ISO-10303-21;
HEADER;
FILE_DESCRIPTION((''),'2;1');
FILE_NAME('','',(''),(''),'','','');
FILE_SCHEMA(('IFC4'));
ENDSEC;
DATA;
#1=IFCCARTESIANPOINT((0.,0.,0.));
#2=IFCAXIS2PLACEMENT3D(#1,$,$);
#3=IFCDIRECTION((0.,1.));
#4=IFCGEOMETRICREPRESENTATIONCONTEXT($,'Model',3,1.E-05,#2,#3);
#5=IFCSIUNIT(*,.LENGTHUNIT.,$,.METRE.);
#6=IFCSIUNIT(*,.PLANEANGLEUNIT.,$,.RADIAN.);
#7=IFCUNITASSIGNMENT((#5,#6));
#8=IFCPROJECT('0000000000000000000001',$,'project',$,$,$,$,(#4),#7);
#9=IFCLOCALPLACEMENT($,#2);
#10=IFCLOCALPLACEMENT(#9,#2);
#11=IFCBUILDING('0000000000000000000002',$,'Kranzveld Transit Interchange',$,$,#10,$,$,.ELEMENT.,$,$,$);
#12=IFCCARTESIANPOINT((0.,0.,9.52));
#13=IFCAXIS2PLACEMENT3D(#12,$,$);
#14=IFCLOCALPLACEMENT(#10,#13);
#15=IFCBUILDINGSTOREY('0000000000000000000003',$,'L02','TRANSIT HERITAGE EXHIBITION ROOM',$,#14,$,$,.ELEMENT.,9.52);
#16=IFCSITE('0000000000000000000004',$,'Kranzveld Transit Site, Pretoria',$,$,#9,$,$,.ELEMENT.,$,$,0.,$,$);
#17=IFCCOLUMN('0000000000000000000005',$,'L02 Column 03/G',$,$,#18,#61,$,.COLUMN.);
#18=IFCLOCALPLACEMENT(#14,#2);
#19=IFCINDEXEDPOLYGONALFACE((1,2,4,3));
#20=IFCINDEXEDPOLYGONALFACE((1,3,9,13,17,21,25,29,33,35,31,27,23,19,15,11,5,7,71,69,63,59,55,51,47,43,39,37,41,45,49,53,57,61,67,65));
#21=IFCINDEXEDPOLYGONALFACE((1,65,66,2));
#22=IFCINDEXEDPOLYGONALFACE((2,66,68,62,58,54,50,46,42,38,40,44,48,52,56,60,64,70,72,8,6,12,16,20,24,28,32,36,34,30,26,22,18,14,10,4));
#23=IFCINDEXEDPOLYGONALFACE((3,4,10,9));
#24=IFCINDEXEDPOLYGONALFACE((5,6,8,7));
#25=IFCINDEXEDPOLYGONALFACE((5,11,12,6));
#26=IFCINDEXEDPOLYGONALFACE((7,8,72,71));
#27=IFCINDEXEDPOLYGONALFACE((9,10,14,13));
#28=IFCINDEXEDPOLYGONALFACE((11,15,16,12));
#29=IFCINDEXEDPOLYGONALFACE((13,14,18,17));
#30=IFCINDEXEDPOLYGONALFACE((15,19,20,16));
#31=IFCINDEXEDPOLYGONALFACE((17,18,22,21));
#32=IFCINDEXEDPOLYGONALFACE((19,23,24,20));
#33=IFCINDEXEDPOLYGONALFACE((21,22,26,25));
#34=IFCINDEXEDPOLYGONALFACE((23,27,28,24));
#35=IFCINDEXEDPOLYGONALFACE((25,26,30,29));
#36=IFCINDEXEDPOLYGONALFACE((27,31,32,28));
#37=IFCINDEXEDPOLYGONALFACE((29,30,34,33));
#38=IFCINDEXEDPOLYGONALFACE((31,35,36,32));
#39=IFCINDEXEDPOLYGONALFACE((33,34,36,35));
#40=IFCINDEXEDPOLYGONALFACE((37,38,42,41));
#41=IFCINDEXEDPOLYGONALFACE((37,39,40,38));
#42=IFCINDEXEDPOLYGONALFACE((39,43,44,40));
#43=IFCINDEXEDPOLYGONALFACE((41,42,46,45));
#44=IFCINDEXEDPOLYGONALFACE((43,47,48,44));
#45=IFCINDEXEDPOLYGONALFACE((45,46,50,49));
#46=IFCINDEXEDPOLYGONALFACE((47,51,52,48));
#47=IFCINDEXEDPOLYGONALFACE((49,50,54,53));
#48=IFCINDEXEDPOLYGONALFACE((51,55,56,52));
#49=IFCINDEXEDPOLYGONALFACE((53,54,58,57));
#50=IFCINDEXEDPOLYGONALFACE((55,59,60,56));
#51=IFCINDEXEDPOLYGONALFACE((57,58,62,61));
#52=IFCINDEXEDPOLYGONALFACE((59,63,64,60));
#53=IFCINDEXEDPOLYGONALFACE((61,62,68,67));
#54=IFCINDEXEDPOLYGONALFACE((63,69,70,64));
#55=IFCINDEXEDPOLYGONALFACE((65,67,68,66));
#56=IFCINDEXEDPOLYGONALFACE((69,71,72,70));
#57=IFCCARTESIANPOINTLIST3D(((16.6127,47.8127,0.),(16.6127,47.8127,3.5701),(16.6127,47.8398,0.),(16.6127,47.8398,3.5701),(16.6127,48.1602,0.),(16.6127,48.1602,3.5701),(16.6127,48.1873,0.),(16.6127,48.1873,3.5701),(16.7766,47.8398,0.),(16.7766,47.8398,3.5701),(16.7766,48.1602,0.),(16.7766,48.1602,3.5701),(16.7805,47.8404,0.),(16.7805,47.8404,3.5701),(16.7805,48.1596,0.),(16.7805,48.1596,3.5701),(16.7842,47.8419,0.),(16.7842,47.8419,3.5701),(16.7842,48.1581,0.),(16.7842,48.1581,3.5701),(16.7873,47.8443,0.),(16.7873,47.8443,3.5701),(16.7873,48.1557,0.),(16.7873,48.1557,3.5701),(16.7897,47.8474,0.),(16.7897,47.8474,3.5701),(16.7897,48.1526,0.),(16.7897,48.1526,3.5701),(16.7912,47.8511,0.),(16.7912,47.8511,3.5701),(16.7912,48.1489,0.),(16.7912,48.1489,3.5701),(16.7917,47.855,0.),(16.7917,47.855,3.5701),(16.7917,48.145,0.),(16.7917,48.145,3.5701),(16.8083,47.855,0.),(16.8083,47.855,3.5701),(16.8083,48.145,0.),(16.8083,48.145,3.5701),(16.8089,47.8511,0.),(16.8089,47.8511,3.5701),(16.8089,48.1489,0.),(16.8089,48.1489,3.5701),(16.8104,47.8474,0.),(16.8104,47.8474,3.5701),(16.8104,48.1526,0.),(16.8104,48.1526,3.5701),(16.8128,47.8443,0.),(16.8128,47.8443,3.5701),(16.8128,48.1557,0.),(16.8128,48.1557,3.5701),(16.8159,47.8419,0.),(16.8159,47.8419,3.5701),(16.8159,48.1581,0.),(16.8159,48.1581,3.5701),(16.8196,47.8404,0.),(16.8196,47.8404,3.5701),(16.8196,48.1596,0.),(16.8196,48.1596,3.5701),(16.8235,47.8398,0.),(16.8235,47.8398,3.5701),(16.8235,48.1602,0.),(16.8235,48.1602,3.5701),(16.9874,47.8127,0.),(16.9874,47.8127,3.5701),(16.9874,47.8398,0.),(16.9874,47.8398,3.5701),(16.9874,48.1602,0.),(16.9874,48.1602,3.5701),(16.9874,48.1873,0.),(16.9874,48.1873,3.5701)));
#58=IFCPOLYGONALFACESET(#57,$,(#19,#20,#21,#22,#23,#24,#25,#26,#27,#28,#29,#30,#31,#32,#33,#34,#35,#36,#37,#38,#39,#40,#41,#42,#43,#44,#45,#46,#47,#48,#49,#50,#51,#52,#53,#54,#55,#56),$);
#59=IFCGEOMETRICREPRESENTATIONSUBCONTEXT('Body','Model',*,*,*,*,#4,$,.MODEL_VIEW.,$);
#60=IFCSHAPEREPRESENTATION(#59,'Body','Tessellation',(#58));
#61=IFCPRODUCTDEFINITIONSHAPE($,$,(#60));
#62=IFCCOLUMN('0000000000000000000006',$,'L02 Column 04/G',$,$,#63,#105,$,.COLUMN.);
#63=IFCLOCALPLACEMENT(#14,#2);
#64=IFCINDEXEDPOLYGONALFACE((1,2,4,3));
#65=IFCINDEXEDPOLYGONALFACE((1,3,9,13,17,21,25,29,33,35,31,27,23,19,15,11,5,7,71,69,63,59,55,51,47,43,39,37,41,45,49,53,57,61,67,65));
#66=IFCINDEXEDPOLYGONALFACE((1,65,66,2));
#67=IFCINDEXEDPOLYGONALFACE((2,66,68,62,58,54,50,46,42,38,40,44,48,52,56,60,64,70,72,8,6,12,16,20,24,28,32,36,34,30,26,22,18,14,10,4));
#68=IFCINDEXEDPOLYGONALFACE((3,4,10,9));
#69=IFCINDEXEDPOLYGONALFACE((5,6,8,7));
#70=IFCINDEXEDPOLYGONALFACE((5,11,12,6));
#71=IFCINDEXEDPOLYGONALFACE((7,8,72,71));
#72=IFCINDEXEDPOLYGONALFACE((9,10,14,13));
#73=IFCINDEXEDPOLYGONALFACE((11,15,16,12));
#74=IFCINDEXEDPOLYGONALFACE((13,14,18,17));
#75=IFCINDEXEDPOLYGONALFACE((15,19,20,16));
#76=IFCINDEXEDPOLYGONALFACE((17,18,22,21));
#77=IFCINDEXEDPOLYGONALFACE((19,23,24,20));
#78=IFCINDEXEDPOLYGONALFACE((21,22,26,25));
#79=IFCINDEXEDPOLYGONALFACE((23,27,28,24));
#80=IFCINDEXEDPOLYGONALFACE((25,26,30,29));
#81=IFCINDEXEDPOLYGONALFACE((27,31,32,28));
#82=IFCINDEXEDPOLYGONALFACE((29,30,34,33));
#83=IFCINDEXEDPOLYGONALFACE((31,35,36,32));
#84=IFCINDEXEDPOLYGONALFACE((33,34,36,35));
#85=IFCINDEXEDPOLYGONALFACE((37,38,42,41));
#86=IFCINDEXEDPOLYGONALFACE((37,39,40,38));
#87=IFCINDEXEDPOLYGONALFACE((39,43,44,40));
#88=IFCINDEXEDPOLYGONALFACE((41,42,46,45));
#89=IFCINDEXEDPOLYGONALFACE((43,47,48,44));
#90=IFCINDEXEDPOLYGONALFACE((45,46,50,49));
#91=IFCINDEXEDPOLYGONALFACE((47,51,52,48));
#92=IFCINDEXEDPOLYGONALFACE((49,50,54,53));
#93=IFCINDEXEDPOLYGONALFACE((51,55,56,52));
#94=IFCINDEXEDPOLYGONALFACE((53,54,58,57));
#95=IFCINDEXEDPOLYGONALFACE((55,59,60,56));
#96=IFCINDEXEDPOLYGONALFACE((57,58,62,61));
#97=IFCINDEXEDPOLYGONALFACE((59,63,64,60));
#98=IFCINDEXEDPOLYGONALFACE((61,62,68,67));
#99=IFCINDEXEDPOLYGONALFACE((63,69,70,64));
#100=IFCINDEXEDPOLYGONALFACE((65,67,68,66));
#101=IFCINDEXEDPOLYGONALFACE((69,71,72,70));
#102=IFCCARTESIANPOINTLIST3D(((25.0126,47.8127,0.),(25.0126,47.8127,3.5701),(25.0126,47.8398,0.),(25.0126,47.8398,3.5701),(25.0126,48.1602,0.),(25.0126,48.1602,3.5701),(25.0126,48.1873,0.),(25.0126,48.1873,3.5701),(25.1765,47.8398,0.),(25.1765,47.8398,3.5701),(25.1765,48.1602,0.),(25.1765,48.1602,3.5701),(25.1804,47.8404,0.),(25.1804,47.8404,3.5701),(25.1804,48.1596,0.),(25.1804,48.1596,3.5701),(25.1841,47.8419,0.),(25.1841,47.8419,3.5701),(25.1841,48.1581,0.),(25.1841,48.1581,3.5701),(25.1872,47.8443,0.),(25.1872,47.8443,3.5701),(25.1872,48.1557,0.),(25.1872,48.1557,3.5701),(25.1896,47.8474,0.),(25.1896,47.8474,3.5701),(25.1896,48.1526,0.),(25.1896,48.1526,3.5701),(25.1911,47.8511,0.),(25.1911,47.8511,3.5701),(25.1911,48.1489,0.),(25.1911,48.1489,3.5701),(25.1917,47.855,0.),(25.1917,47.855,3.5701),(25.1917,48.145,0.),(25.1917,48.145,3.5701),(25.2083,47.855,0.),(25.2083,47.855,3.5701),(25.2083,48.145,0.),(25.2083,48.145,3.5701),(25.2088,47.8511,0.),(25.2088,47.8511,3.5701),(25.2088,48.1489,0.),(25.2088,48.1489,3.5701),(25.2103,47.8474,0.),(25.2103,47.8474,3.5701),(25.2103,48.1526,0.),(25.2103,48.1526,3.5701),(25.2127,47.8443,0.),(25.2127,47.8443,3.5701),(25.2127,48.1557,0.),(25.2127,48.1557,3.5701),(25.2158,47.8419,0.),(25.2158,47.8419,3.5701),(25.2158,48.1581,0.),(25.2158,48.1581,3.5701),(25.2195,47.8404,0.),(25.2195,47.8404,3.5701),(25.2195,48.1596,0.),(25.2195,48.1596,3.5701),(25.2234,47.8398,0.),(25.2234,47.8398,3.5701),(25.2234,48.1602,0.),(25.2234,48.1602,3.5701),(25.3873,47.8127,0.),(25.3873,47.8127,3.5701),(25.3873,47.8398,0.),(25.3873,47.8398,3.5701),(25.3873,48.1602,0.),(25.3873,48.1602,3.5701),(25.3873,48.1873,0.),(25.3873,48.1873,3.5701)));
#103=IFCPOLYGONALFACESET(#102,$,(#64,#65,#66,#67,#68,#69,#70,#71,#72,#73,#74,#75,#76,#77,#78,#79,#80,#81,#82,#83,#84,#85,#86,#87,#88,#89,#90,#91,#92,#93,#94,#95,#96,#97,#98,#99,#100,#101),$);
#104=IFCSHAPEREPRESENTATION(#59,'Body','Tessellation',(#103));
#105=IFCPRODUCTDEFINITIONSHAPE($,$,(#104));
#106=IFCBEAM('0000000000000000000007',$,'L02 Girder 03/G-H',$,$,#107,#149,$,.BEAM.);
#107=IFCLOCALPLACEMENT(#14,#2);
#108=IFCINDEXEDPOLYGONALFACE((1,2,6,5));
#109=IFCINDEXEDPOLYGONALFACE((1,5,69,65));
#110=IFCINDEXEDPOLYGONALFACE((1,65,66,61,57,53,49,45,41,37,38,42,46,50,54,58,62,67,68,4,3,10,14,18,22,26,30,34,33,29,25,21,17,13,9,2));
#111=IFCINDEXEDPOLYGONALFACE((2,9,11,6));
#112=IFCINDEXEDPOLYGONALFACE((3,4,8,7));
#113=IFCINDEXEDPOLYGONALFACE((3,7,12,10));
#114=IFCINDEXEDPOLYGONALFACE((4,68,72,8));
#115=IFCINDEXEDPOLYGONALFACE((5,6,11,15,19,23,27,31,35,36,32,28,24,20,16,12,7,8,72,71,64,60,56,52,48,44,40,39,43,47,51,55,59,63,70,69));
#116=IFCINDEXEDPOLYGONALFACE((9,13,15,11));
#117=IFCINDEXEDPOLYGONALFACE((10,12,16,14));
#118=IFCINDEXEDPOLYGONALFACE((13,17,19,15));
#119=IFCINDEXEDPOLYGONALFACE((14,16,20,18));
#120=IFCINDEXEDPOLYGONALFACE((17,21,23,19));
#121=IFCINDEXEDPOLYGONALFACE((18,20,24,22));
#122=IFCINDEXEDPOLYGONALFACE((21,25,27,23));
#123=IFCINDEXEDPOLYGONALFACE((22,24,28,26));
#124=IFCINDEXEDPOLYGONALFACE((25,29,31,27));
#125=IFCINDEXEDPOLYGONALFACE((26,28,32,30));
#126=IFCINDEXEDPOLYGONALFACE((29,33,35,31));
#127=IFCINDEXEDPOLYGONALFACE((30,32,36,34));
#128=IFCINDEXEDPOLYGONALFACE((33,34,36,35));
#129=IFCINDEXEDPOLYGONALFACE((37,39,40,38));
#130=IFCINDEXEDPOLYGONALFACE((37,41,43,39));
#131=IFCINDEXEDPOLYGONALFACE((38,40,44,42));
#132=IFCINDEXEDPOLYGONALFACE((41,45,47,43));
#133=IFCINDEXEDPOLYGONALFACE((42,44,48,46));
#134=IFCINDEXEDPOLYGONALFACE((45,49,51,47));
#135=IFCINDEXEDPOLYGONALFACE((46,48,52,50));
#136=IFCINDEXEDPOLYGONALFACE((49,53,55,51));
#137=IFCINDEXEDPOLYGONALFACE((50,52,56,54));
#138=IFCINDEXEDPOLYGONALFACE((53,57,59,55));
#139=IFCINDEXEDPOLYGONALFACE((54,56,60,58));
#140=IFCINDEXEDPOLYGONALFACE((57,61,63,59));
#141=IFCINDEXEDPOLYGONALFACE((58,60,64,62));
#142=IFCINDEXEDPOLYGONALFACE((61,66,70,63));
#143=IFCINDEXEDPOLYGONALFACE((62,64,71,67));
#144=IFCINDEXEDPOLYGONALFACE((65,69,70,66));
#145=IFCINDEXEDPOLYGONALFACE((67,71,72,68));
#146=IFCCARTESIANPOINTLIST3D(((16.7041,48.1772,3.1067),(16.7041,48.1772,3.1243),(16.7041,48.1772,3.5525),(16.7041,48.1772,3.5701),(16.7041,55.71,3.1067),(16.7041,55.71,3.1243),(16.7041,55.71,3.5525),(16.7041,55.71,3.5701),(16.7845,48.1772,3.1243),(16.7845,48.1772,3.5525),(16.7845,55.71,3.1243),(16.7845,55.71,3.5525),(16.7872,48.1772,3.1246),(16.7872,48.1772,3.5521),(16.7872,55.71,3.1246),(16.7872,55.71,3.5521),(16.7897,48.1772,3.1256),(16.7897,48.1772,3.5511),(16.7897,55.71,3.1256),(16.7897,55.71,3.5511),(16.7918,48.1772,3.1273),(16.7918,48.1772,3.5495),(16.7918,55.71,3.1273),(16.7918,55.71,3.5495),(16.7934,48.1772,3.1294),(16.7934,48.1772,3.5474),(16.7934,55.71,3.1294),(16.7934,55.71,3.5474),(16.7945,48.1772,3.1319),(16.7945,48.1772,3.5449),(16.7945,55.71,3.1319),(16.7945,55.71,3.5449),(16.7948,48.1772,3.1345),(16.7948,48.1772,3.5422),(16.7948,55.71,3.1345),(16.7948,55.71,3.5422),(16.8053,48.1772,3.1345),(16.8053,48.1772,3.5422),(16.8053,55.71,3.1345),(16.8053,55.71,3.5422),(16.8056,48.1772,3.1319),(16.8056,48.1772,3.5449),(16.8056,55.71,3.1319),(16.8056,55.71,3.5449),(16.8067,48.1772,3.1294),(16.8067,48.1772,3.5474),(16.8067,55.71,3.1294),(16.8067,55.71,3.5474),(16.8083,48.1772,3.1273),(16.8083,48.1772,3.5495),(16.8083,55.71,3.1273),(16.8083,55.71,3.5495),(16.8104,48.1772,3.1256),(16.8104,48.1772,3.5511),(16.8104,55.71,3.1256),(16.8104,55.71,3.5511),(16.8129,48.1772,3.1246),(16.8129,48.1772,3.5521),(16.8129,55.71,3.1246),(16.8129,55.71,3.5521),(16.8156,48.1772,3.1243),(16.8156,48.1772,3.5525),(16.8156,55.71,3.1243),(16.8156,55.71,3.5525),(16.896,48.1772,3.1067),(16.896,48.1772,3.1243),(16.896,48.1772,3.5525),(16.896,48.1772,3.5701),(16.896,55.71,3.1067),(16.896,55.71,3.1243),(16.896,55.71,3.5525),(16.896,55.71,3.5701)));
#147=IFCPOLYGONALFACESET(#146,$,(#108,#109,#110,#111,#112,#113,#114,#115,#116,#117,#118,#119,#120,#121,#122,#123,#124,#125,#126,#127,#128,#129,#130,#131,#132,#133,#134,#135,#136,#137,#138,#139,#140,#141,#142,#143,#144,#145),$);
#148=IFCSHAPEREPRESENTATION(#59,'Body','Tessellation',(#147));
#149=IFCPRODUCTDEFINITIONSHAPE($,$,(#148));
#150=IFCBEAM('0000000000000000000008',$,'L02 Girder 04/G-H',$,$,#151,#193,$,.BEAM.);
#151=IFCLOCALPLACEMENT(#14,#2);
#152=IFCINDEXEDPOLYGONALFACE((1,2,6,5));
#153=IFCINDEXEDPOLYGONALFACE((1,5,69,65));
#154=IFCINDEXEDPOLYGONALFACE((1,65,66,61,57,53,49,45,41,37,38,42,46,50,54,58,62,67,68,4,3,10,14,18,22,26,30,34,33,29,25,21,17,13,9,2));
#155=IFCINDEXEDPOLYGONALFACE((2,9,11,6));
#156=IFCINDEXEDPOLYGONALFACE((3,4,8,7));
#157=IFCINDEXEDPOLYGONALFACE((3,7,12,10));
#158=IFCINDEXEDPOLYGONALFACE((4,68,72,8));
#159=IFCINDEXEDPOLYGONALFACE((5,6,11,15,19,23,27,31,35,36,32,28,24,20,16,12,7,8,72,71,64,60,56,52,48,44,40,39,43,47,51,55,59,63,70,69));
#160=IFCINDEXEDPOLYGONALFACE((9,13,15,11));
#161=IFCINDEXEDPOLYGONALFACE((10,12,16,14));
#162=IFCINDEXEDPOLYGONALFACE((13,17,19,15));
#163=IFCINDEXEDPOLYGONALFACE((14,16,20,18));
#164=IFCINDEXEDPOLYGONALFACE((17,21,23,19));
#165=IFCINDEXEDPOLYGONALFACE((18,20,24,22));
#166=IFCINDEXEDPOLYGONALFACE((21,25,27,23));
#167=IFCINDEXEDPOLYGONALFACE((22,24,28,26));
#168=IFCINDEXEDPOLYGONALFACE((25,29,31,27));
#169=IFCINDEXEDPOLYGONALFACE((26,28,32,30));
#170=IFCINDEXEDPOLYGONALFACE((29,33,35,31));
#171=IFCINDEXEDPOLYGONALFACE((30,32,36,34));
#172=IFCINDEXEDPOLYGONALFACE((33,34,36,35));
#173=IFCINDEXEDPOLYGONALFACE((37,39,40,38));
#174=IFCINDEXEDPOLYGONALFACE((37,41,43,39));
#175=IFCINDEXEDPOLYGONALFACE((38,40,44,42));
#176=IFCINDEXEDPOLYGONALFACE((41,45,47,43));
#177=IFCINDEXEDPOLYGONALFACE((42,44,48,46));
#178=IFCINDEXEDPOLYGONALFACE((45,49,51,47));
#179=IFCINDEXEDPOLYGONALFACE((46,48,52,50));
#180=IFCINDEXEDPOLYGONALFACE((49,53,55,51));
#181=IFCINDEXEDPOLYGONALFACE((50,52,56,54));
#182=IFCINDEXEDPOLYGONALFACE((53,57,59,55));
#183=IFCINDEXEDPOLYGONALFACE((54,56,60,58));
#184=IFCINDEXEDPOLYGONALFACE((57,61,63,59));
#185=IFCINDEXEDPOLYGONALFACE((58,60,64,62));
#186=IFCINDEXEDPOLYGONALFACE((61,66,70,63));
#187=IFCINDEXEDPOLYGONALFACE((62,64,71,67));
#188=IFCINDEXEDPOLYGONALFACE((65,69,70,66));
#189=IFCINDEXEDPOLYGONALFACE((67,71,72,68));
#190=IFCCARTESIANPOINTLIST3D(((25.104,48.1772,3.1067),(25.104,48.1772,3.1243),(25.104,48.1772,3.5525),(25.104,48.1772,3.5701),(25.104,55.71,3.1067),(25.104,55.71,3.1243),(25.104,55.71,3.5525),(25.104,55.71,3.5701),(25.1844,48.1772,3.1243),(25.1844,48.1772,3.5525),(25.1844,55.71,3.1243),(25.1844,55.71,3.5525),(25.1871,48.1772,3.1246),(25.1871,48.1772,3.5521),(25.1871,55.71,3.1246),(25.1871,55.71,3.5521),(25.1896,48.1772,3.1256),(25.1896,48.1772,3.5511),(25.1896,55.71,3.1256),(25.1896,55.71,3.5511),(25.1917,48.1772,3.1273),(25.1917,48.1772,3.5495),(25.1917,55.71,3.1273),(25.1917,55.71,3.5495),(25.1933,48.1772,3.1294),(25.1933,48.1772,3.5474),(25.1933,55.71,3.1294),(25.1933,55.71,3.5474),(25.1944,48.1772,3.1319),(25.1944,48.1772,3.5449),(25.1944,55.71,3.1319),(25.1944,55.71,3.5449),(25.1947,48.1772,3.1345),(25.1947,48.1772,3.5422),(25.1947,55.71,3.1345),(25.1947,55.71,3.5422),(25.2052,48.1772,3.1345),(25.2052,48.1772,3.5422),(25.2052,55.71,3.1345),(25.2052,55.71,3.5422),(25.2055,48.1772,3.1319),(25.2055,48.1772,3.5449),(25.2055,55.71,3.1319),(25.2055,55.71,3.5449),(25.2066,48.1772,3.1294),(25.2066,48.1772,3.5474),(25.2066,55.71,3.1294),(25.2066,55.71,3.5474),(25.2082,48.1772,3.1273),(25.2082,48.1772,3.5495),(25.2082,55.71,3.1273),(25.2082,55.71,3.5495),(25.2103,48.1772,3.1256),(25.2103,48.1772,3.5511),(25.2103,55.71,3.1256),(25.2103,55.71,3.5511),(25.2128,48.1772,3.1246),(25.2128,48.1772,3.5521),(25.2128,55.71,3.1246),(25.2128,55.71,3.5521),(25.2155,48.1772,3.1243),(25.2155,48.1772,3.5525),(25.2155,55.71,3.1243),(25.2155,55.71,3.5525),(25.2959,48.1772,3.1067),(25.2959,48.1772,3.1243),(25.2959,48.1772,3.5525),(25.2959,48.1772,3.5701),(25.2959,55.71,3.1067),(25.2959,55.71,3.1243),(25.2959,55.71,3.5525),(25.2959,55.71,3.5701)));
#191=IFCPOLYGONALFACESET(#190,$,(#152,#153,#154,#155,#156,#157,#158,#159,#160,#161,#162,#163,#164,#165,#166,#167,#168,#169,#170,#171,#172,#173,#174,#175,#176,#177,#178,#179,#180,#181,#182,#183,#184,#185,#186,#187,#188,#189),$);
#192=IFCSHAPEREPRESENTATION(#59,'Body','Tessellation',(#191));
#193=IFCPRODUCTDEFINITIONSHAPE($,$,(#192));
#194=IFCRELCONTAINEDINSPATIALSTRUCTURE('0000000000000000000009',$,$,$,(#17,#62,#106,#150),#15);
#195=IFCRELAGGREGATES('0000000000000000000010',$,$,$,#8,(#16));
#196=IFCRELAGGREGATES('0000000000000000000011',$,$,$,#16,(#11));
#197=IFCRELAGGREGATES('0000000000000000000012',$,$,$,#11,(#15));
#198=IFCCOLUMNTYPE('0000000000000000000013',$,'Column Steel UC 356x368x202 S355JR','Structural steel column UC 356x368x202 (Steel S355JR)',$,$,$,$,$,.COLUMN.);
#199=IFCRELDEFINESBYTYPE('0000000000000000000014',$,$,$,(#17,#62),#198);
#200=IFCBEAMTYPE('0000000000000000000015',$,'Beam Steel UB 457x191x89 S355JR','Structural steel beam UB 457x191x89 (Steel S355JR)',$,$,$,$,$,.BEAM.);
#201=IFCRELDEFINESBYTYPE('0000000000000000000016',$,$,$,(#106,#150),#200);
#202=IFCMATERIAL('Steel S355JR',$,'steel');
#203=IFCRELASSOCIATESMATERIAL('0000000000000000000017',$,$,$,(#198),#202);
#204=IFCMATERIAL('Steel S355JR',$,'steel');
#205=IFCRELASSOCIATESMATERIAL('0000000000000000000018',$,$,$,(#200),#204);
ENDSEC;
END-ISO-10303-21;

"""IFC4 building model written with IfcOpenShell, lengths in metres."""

from ifc_helpers import new_model, si_unit, direction, frame, origin, origin_2d, place, context, subcontext, project, spatial, i_section, extrude, material, material_profile, profile_set, type_object, element, save


model = new_model("IFC4")

# Units and contexts
model_context = context("Model", 3, precision=1e-05, world=origin(), true_north=direction((0.0, 1.0)))
body_context = subcontext(model_context, "Body", "Model", "MODEL_VIEW")
ifc_project = project(units=[si_unit("LENGTHUNIT", "METRE"), si_unit("PLANEANGLEUNIT", "RADIAN")], contexts=[model_context])

# Site, building, storey
site_placement = place(None, origin())
site = spatial("IfcSite", under=ifc_project, at=site_placement, Name="Kranzveld Transit Site, Pretoria", CompositionType="ELEMENT", RefElevation=0.0)
building_placement = place(site_placement, origin())
building = spatial("IfcBuilding", under=site, at=building_placement, Name="Kranzveld Transit Interchange", CompositionType="ELEMENT")
storey_placement = place(building_placement, frame((0.0, 0.0, 9.52)))
storey = spatial("IfcBuildingStorey", under=building, at=storey_placement, Name="L02", Description="TRANSIT HERITAGE EXHIBITION ROOM", CompositionType="ELEMENT", Elevation=9.52)

# Columns
ifc_material_1 = material(Name="Steel S355JR", Category="steel")
ifc_material_profile_1 = material_profile(ifc_material_1, i_section(OverallWidth=0.3748, OverallDepth=0.3745, WebThickness=0.0166, FlangeThickness=0.0271, FilletRadius=0.0151, at=origin_2d()), Name="UC 356x368x202")
ifc_profile_set_1 = profile_set([ifc_material_profile_1], Name="Steel S355JR")
column_type = type_object("IfcColumnType", Name="Column Steel UC 356x368x202 S355JR", Description="Structural steel column UC 356x368x202 (Steel S355JR)", PredefinedType="COLUMN", material=ifc_profile_set_1)
for number, where, z_axis, x_axis, name in (
    (1, (16.8, 48.0, 0.0), (0.0, 0.0, 1.0), (1.0, 0.0, 0.0), "L02 Column 03/G"),
    (2, (25.2, 48.0, 0.0), (0.0, 0.0, 1.0), (1.0, 0.0, 0.0), "L02 Column 04/G"),
):
    element("IfcColumn", number, at=place(storey_placement, frame(where, z_axis=z_axis, x_axis=x_axis)), inside=storey, type_object=column_type, Name=name, PredefinedType="COLUMN", context=body_context, shape_type="SweptSolid", body=[
        extrude(i_section(OverallWidth=0.3748, OverallDepth=0.3745, WebThickness=0.0166, FlangeThickness=0.0271, FilletRadius=0.0151, at=origin_2d()), origin(), (0.0, 0.0, 1.0), 3.5701),
    ])

# Beams
ifc_material_2 = material(Name="Steel S355JR", Category="steel")
ifc_material_profile_2 = material_profile(ifc_material_2, i_section(OverallWidth=0.1919, OverallDepth=0.4634, WebThickness=0.0105, FlangeThickness=0.0176, FilletRadius=0.0103, at=origin_2d()), Name="UB 457x191x89")
ifc_profile_set_2 = profile_set([ifc_material_profile_2], Name="Steel S355JR")
beam_type_1 = type_object("IfcBeamType", Name="Beam Steel UB 457x191x89 S355JR", Description="Structural steel beam UB 457x191x89 (Steel S355JR)", PredefinedType="BEAM", material=ifc_profile_set_2)
for number, where, z_axis, x_axis, name in (
    (3, (16.8, 48.1772, 3.3384), (0.0, 1.0, 0.0), (-1.0, 0.0, 0.0), "L02 Girder 03/G-H"),
    (4, (25.2, 48.1772, 3.3384), (0.0, 1.0, 0.0), (-1.0, 0.0, 0.0), "L02 Girder 04/G-H"),
):
    element("IfcBeam", number, at=place(storey_placement, frame(where, z_axis=z_axis, x_axis=x_axis)), inside=storey, type_object=beam_type_1, Name=name, PredefinedType="BEAM", context=body_context, shape_type="SweptSolid", body=[
        extrude(i_section(OverallWidth=0.1919, OverallDepth=0.4634, WebThickness=0.0105, FlangeThickness=0.0176, FilletRadius=0.0103, at=origin_2d()), origin(), (0.0, 0.0, 1.0), 7.5327),
    ])

save(model, "model.ifc")
